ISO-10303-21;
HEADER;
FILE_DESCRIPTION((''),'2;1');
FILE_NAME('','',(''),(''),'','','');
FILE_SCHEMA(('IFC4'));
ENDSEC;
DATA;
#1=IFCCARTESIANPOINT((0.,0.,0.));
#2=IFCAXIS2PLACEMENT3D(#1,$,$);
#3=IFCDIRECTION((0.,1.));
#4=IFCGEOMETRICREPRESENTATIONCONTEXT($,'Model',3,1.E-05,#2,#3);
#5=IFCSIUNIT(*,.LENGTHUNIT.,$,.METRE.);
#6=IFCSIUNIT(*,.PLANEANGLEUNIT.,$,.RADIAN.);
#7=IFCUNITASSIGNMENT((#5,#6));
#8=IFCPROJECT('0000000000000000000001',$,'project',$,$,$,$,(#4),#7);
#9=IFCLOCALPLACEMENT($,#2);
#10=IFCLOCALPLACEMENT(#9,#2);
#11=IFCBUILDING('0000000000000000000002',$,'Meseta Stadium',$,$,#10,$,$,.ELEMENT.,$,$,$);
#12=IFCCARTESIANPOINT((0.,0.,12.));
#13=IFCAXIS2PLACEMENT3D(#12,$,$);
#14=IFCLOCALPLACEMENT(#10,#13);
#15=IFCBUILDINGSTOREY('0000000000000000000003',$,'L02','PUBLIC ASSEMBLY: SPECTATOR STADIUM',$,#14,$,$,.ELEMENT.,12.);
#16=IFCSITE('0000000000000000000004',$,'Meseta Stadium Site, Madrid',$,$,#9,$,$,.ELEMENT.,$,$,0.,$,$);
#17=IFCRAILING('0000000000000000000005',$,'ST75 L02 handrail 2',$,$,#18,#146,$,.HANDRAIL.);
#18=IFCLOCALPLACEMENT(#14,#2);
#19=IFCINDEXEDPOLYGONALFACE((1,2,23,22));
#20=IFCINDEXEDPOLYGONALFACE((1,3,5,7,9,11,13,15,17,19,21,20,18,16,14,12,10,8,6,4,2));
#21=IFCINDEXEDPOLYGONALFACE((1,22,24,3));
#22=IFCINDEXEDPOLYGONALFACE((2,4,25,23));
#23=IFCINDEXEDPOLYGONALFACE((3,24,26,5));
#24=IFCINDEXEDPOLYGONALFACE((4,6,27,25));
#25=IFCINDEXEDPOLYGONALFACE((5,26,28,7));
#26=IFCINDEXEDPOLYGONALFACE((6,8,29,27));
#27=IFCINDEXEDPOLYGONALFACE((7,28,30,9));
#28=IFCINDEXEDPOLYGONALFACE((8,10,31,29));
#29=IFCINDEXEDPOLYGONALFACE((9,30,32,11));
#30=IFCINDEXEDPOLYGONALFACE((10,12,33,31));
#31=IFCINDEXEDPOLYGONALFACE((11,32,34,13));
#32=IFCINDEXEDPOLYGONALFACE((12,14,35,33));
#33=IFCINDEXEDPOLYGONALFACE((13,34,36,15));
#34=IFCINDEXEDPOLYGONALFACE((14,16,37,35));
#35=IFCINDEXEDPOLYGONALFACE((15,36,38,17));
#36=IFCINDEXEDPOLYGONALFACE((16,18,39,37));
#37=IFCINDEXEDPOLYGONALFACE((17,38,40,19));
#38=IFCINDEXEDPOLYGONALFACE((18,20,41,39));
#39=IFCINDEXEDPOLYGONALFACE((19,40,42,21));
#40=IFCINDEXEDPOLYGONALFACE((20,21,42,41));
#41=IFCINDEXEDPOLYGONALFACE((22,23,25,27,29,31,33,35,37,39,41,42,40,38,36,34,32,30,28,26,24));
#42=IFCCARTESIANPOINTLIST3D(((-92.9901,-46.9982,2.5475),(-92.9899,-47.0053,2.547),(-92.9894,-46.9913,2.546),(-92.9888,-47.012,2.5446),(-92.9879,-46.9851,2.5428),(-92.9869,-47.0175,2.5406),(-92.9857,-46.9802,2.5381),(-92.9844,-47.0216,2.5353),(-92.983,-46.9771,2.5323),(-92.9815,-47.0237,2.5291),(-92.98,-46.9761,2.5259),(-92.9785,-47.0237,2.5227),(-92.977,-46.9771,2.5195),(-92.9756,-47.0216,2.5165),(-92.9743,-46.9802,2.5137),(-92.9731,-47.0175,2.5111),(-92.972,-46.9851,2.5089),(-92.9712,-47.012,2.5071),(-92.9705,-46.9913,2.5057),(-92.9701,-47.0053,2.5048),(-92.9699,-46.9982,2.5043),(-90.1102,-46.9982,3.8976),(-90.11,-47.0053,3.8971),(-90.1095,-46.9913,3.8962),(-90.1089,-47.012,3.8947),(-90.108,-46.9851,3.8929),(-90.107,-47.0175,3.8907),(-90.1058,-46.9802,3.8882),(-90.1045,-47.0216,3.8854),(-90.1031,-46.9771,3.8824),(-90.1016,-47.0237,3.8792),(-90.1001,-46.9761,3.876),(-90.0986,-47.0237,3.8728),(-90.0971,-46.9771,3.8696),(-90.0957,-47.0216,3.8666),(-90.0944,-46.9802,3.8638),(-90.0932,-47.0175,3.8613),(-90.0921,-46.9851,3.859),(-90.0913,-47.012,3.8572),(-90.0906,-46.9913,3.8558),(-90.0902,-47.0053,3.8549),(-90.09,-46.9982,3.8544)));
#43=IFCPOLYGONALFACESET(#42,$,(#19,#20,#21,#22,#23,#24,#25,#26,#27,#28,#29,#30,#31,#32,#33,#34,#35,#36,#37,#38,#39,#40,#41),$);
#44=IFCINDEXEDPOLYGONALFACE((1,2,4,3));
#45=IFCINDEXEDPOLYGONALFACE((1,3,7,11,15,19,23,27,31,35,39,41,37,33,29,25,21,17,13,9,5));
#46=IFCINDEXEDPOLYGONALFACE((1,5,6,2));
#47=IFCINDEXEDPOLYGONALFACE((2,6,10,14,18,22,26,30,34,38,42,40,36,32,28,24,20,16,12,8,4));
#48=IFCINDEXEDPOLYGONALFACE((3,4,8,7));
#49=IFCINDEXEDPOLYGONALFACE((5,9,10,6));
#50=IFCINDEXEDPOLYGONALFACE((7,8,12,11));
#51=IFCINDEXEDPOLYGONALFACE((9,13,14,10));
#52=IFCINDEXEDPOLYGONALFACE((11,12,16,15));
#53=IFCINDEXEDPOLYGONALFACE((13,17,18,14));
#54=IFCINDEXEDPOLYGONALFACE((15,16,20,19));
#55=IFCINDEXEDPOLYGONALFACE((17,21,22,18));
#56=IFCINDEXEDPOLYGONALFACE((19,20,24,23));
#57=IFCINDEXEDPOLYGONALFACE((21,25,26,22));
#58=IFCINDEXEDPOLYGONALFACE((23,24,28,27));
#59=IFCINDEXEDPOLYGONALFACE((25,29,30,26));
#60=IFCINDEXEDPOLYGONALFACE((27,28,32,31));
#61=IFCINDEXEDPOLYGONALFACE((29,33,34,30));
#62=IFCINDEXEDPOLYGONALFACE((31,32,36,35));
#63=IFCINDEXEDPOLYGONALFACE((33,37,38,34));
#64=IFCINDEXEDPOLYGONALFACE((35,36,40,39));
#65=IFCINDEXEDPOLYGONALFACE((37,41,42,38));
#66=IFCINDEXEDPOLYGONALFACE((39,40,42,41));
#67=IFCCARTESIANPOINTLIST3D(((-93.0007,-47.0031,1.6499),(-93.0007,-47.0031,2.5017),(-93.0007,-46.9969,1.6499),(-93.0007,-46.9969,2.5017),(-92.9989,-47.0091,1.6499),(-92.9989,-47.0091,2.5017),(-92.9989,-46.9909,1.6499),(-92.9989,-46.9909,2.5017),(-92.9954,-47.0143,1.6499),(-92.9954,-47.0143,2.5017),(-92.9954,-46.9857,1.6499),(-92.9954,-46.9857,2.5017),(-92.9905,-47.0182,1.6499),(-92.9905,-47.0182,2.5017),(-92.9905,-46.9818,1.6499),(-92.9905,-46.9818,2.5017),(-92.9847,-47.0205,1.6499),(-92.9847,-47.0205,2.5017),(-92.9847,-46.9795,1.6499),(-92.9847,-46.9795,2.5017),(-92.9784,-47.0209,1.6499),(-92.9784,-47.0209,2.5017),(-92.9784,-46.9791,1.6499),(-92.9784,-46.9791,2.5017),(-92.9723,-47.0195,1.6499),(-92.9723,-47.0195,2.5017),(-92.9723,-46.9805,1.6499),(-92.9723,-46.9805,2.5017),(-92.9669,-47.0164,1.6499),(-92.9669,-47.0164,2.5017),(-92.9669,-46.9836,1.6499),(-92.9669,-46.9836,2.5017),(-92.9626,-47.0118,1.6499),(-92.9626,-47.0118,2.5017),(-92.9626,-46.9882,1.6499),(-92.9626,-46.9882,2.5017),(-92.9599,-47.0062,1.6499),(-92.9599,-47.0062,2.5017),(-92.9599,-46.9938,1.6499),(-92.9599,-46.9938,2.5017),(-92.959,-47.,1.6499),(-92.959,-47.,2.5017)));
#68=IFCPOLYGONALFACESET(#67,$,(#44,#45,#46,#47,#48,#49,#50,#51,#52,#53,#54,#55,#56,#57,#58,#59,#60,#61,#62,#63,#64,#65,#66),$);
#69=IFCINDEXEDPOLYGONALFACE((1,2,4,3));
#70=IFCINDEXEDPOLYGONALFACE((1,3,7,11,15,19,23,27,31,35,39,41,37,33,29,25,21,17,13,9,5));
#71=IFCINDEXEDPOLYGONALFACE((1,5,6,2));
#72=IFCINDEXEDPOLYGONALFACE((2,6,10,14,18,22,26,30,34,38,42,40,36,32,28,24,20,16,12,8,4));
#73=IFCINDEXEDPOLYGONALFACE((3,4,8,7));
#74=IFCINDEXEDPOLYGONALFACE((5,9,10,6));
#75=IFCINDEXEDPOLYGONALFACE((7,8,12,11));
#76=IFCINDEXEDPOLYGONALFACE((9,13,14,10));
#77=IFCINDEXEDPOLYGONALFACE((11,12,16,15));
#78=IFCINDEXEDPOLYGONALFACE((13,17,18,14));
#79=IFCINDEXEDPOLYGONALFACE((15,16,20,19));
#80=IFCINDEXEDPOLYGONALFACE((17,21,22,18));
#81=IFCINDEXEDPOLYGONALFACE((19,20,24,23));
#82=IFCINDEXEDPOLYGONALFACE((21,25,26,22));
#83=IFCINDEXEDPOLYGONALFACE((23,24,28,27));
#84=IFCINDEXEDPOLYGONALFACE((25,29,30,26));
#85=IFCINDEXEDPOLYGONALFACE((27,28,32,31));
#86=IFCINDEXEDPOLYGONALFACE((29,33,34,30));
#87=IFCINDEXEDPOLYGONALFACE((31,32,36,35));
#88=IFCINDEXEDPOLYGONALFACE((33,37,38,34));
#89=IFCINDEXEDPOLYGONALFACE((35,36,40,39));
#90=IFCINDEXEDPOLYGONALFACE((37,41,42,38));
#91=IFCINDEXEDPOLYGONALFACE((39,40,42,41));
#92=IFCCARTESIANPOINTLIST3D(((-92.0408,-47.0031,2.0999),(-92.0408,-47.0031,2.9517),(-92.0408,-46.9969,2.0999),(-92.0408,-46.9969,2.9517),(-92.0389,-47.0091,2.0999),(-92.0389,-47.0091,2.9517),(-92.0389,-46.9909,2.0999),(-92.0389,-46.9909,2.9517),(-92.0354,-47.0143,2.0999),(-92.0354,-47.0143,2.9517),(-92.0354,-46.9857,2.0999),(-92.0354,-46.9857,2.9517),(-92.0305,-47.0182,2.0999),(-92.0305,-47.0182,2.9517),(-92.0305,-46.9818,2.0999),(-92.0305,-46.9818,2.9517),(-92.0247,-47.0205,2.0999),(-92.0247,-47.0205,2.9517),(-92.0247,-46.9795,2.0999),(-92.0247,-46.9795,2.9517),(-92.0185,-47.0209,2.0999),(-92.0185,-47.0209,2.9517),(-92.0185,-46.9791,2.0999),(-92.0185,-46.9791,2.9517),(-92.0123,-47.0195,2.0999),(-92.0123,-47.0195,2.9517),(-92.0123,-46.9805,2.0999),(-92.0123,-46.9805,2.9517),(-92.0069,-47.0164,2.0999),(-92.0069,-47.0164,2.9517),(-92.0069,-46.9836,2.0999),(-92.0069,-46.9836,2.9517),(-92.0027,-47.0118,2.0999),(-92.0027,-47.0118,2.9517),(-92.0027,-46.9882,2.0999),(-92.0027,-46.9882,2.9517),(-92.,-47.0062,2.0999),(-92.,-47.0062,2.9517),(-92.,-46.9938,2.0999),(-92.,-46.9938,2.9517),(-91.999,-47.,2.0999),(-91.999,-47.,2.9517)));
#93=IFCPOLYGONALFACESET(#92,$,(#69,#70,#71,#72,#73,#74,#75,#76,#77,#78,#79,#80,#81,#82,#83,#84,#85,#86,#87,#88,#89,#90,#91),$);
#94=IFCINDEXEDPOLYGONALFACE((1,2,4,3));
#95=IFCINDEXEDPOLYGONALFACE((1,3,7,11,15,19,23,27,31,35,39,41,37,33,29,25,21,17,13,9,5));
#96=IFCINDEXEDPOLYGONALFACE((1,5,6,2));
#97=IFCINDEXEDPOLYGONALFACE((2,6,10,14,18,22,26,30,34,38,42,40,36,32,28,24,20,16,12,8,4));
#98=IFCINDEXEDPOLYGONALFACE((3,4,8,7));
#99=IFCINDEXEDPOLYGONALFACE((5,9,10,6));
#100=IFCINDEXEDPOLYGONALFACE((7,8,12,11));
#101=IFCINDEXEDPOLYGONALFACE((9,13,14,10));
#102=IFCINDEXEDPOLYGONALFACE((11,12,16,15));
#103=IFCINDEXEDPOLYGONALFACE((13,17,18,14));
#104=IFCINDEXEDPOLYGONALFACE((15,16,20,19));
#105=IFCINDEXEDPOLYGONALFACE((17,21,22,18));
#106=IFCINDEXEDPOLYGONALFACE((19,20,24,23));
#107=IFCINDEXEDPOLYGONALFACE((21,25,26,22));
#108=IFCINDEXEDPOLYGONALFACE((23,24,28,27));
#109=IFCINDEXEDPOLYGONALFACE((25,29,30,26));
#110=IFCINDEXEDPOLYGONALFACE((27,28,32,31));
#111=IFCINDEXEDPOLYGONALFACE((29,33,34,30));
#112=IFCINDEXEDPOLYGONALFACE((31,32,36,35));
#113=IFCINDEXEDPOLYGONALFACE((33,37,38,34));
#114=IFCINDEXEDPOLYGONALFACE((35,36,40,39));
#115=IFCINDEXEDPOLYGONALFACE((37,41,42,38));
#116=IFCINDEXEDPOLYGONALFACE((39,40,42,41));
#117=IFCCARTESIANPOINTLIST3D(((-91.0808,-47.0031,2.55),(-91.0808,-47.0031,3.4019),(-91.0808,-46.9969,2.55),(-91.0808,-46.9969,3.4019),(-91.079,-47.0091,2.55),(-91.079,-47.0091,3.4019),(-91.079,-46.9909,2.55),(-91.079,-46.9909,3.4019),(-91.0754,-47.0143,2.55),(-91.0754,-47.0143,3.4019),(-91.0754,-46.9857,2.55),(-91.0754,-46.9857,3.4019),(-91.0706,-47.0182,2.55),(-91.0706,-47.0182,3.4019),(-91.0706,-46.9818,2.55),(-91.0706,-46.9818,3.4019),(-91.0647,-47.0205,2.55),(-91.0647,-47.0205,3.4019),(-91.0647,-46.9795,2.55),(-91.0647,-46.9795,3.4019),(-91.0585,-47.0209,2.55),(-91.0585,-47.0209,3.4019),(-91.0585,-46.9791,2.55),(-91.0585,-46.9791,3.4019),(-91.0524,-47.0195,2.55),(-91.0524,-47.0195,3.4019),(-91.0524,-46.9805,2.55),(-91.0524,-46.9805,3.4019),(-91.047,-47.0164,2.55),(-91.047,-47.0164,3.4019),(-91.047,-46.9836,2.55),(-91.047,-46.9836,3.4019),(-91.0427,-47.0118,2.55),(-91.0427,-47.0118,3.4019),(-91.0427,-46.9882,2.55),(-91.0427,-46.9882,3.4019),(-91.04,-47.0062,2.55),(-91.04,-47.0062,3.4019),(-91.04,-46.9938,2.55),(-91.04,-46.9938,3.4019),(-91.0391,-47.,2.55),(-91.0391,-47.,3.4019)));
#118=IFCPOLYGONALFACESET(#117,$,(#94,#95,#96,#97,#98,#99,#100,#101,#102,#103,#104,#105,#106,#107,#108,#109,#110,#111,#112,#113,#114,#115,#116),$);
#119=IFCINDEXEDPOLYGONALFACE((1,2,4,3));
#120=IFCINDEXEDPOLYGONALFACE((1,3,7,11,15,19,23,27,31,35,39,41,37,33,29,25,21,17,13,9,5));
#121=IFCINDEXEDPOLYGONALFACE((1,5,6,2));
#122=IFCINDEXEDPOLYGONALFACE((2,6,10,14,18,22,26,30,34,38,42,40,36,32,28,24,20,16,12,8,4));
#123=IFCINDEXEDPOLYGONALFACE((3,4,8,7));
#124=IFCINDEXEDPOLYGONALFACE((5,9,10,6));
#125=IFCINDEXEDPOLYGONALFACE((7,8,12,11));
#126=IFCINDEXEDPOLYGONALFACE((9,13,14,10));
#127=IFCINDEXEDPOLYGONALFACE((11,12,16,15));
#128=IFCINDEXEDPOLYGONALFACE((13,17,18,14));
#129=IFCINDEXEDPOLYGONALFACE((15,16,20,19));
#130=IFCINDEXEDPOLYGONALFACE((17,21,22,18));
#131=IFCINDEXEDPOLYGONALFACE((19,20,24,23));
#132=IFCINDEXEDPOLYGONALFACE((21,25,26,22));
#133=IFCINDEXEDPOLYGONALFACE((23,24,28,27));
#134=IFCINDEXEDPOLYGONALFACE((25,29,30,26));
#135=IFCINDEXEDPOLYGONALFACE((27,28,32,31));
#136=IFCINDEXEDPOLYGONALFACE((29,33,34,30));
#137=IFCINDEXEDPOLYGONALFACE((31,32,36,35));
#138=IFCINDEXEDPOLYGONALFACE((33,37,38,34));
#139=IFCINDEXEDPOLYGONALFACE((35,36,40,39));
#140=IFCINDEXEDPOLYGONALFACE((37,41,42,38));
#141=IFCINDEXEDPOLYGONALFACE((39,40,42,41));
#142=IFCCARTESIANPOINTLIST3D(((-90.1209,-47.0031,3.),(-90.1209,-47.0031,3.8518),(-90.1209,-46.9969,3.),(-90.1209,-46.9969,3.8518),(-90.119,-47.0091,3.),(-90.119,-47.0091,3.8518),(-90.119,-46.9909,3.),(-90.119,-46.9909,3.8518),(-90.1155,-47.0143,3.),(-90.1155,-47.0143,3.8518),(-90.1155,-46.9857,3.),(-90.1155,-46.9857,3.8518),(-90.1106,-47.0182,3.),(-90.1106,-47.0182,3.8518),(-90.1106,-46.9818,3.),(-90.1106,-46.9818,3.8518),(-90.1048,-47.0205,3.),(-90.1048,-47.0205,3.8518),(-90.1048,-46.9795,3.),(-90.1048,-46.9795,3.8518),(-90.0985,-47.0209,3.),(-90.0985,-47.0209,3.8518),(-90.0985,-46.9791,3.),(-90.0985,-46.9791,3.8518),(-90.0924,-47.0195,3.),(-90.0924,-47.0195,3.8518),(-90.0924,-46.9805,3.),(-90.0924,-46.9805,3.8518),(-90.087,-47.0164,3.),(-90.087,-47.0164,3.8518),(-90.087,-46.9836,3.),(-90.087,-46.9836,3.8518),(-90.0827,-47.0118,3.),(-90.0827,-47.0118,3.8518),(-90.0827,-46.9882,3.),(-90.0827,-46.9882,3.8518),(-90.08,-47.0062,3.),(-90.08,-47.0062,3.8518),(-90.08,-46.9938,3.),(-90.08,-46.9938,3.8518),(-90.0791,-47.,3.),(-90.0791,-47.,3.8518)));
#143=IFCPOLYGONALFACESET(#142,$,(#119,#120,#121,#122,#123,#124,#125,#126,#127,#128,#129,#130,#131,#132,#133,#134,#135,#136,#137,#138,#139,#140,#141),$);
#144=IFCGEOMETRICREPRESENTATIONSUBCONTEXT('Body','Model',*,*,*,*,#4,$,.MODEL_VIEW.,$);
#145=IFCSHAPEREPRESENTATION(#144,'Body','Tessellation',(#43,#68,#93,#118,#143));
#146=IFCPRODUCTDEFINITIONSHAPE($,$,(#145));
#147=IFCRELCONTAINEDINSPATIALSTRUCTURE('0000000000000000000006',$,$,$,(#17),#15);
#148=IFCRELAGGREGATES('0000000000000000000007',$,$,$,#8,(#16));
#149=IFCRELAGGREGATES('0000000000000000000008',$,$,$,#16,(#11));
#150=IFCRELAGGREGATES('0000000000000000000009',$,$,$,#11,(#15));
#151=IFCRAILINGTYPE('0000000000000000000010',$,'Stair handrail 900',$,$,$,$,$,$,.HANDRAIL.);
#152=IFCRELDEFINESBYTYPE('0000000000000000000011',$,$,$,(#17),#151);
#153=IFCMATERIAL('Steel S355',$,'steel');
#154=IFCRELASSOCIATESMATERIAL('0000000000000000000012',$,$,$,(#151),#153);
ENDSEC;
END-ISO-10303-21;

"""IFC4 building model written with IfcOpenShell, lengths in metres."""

from ifc_helpers import new_model, si_unit, direction, frame, origin, origin_2d, place, context, subcontext, project, spatial, circle, extrude, material, type_object, element, save


model = new_model("IFC4")

# Units and contexts
model_context = context("Model", 3, precision=1e-05, world=origin(), true_north=direction((0.0, 1.0)))
body_context = subcontext(model_context, "Body", "Model", "MODEL_VIEW")
ifc_project = project(units=[si_unit("LENGTHUNIT", "METRE"), si_unit("PLANEANGLEUNIT", "RADIAN")], contexts=[model_context])

# Site, building, storey
site_placement = place(None, origin())
site = spatial("IfcSite", under=ifc_project, at=site_placement, Name="Meseta Stadium Site, Madrid", CompositionType="ELEMENT", RefElevation=0.0)
building_placement = place(site_placement, origin())
building = spatial("IfcBuilding", under=site, at=building_placement, Name="Meseta Stadium", CompositionType="ELEMENT")
storey_placement = place(building_placement, frame((0.0, 0.0, 12.0)))
storey = spatial("IfcBuildingStorey", under=building, at=storey_placement, Name="L02", Description="PUBLIC ASSEMBLY: SPECTATOR STADIUM", CompositionType="ELEMENT", Elevation=12.0)

# Railing
ifc_material_1 = material(Name="Steel S355", Category="steel")
railing_type_1 = type_object("IfcRailingType", Name="Stair handrail 900", PredefinedType="HANDRAIL", material=ifc_material_1)
railing_1_placement = place(storey_placement, frame((-92.98, -47.0, 1.6499)))
element("IfcRailing", 1, at=railing_1_placement, inside=storey, type_object=railing_type_1, Name="ST75 L02 handrail 2", PredefinedType="HANDRAIL", context=body_context, shape_type="SweptSolid", body=[
    extrude(circle(Radius=0.0239, at=origin_2d()), frame((0.0, 0.0, 0.876), z_axis=(0.90544, 0.0, 0.424473), x_axis=(0.0, 1.0, 0.0)), (0.0, 0.0, 1.0), 3.1807),
    extrude(circle(Radius=0.021, at=origin_2d()), origin(), (0.0, 0.0, 1.0), 0.8518),
    extrude(circle(Radius=0.021, at=origin_2d()), frame((0.96, 0.0, 0.45)), (0.0, 0.0, 1.0), 0.8518),
    extrude(circle(Radius=0.021, at=origin_2d()), frame((1.9199, 0.0, 0.9001)), (0.0, 0.0, 1.0), 0.8518),
    extrude(circle(Radius=0.021, at=origin_2d()), frame((2.8799, 0.0, 1.3501)), (0.0, 0.0, 1.0), 0.8518),
])

save(model, "model.ifc")
